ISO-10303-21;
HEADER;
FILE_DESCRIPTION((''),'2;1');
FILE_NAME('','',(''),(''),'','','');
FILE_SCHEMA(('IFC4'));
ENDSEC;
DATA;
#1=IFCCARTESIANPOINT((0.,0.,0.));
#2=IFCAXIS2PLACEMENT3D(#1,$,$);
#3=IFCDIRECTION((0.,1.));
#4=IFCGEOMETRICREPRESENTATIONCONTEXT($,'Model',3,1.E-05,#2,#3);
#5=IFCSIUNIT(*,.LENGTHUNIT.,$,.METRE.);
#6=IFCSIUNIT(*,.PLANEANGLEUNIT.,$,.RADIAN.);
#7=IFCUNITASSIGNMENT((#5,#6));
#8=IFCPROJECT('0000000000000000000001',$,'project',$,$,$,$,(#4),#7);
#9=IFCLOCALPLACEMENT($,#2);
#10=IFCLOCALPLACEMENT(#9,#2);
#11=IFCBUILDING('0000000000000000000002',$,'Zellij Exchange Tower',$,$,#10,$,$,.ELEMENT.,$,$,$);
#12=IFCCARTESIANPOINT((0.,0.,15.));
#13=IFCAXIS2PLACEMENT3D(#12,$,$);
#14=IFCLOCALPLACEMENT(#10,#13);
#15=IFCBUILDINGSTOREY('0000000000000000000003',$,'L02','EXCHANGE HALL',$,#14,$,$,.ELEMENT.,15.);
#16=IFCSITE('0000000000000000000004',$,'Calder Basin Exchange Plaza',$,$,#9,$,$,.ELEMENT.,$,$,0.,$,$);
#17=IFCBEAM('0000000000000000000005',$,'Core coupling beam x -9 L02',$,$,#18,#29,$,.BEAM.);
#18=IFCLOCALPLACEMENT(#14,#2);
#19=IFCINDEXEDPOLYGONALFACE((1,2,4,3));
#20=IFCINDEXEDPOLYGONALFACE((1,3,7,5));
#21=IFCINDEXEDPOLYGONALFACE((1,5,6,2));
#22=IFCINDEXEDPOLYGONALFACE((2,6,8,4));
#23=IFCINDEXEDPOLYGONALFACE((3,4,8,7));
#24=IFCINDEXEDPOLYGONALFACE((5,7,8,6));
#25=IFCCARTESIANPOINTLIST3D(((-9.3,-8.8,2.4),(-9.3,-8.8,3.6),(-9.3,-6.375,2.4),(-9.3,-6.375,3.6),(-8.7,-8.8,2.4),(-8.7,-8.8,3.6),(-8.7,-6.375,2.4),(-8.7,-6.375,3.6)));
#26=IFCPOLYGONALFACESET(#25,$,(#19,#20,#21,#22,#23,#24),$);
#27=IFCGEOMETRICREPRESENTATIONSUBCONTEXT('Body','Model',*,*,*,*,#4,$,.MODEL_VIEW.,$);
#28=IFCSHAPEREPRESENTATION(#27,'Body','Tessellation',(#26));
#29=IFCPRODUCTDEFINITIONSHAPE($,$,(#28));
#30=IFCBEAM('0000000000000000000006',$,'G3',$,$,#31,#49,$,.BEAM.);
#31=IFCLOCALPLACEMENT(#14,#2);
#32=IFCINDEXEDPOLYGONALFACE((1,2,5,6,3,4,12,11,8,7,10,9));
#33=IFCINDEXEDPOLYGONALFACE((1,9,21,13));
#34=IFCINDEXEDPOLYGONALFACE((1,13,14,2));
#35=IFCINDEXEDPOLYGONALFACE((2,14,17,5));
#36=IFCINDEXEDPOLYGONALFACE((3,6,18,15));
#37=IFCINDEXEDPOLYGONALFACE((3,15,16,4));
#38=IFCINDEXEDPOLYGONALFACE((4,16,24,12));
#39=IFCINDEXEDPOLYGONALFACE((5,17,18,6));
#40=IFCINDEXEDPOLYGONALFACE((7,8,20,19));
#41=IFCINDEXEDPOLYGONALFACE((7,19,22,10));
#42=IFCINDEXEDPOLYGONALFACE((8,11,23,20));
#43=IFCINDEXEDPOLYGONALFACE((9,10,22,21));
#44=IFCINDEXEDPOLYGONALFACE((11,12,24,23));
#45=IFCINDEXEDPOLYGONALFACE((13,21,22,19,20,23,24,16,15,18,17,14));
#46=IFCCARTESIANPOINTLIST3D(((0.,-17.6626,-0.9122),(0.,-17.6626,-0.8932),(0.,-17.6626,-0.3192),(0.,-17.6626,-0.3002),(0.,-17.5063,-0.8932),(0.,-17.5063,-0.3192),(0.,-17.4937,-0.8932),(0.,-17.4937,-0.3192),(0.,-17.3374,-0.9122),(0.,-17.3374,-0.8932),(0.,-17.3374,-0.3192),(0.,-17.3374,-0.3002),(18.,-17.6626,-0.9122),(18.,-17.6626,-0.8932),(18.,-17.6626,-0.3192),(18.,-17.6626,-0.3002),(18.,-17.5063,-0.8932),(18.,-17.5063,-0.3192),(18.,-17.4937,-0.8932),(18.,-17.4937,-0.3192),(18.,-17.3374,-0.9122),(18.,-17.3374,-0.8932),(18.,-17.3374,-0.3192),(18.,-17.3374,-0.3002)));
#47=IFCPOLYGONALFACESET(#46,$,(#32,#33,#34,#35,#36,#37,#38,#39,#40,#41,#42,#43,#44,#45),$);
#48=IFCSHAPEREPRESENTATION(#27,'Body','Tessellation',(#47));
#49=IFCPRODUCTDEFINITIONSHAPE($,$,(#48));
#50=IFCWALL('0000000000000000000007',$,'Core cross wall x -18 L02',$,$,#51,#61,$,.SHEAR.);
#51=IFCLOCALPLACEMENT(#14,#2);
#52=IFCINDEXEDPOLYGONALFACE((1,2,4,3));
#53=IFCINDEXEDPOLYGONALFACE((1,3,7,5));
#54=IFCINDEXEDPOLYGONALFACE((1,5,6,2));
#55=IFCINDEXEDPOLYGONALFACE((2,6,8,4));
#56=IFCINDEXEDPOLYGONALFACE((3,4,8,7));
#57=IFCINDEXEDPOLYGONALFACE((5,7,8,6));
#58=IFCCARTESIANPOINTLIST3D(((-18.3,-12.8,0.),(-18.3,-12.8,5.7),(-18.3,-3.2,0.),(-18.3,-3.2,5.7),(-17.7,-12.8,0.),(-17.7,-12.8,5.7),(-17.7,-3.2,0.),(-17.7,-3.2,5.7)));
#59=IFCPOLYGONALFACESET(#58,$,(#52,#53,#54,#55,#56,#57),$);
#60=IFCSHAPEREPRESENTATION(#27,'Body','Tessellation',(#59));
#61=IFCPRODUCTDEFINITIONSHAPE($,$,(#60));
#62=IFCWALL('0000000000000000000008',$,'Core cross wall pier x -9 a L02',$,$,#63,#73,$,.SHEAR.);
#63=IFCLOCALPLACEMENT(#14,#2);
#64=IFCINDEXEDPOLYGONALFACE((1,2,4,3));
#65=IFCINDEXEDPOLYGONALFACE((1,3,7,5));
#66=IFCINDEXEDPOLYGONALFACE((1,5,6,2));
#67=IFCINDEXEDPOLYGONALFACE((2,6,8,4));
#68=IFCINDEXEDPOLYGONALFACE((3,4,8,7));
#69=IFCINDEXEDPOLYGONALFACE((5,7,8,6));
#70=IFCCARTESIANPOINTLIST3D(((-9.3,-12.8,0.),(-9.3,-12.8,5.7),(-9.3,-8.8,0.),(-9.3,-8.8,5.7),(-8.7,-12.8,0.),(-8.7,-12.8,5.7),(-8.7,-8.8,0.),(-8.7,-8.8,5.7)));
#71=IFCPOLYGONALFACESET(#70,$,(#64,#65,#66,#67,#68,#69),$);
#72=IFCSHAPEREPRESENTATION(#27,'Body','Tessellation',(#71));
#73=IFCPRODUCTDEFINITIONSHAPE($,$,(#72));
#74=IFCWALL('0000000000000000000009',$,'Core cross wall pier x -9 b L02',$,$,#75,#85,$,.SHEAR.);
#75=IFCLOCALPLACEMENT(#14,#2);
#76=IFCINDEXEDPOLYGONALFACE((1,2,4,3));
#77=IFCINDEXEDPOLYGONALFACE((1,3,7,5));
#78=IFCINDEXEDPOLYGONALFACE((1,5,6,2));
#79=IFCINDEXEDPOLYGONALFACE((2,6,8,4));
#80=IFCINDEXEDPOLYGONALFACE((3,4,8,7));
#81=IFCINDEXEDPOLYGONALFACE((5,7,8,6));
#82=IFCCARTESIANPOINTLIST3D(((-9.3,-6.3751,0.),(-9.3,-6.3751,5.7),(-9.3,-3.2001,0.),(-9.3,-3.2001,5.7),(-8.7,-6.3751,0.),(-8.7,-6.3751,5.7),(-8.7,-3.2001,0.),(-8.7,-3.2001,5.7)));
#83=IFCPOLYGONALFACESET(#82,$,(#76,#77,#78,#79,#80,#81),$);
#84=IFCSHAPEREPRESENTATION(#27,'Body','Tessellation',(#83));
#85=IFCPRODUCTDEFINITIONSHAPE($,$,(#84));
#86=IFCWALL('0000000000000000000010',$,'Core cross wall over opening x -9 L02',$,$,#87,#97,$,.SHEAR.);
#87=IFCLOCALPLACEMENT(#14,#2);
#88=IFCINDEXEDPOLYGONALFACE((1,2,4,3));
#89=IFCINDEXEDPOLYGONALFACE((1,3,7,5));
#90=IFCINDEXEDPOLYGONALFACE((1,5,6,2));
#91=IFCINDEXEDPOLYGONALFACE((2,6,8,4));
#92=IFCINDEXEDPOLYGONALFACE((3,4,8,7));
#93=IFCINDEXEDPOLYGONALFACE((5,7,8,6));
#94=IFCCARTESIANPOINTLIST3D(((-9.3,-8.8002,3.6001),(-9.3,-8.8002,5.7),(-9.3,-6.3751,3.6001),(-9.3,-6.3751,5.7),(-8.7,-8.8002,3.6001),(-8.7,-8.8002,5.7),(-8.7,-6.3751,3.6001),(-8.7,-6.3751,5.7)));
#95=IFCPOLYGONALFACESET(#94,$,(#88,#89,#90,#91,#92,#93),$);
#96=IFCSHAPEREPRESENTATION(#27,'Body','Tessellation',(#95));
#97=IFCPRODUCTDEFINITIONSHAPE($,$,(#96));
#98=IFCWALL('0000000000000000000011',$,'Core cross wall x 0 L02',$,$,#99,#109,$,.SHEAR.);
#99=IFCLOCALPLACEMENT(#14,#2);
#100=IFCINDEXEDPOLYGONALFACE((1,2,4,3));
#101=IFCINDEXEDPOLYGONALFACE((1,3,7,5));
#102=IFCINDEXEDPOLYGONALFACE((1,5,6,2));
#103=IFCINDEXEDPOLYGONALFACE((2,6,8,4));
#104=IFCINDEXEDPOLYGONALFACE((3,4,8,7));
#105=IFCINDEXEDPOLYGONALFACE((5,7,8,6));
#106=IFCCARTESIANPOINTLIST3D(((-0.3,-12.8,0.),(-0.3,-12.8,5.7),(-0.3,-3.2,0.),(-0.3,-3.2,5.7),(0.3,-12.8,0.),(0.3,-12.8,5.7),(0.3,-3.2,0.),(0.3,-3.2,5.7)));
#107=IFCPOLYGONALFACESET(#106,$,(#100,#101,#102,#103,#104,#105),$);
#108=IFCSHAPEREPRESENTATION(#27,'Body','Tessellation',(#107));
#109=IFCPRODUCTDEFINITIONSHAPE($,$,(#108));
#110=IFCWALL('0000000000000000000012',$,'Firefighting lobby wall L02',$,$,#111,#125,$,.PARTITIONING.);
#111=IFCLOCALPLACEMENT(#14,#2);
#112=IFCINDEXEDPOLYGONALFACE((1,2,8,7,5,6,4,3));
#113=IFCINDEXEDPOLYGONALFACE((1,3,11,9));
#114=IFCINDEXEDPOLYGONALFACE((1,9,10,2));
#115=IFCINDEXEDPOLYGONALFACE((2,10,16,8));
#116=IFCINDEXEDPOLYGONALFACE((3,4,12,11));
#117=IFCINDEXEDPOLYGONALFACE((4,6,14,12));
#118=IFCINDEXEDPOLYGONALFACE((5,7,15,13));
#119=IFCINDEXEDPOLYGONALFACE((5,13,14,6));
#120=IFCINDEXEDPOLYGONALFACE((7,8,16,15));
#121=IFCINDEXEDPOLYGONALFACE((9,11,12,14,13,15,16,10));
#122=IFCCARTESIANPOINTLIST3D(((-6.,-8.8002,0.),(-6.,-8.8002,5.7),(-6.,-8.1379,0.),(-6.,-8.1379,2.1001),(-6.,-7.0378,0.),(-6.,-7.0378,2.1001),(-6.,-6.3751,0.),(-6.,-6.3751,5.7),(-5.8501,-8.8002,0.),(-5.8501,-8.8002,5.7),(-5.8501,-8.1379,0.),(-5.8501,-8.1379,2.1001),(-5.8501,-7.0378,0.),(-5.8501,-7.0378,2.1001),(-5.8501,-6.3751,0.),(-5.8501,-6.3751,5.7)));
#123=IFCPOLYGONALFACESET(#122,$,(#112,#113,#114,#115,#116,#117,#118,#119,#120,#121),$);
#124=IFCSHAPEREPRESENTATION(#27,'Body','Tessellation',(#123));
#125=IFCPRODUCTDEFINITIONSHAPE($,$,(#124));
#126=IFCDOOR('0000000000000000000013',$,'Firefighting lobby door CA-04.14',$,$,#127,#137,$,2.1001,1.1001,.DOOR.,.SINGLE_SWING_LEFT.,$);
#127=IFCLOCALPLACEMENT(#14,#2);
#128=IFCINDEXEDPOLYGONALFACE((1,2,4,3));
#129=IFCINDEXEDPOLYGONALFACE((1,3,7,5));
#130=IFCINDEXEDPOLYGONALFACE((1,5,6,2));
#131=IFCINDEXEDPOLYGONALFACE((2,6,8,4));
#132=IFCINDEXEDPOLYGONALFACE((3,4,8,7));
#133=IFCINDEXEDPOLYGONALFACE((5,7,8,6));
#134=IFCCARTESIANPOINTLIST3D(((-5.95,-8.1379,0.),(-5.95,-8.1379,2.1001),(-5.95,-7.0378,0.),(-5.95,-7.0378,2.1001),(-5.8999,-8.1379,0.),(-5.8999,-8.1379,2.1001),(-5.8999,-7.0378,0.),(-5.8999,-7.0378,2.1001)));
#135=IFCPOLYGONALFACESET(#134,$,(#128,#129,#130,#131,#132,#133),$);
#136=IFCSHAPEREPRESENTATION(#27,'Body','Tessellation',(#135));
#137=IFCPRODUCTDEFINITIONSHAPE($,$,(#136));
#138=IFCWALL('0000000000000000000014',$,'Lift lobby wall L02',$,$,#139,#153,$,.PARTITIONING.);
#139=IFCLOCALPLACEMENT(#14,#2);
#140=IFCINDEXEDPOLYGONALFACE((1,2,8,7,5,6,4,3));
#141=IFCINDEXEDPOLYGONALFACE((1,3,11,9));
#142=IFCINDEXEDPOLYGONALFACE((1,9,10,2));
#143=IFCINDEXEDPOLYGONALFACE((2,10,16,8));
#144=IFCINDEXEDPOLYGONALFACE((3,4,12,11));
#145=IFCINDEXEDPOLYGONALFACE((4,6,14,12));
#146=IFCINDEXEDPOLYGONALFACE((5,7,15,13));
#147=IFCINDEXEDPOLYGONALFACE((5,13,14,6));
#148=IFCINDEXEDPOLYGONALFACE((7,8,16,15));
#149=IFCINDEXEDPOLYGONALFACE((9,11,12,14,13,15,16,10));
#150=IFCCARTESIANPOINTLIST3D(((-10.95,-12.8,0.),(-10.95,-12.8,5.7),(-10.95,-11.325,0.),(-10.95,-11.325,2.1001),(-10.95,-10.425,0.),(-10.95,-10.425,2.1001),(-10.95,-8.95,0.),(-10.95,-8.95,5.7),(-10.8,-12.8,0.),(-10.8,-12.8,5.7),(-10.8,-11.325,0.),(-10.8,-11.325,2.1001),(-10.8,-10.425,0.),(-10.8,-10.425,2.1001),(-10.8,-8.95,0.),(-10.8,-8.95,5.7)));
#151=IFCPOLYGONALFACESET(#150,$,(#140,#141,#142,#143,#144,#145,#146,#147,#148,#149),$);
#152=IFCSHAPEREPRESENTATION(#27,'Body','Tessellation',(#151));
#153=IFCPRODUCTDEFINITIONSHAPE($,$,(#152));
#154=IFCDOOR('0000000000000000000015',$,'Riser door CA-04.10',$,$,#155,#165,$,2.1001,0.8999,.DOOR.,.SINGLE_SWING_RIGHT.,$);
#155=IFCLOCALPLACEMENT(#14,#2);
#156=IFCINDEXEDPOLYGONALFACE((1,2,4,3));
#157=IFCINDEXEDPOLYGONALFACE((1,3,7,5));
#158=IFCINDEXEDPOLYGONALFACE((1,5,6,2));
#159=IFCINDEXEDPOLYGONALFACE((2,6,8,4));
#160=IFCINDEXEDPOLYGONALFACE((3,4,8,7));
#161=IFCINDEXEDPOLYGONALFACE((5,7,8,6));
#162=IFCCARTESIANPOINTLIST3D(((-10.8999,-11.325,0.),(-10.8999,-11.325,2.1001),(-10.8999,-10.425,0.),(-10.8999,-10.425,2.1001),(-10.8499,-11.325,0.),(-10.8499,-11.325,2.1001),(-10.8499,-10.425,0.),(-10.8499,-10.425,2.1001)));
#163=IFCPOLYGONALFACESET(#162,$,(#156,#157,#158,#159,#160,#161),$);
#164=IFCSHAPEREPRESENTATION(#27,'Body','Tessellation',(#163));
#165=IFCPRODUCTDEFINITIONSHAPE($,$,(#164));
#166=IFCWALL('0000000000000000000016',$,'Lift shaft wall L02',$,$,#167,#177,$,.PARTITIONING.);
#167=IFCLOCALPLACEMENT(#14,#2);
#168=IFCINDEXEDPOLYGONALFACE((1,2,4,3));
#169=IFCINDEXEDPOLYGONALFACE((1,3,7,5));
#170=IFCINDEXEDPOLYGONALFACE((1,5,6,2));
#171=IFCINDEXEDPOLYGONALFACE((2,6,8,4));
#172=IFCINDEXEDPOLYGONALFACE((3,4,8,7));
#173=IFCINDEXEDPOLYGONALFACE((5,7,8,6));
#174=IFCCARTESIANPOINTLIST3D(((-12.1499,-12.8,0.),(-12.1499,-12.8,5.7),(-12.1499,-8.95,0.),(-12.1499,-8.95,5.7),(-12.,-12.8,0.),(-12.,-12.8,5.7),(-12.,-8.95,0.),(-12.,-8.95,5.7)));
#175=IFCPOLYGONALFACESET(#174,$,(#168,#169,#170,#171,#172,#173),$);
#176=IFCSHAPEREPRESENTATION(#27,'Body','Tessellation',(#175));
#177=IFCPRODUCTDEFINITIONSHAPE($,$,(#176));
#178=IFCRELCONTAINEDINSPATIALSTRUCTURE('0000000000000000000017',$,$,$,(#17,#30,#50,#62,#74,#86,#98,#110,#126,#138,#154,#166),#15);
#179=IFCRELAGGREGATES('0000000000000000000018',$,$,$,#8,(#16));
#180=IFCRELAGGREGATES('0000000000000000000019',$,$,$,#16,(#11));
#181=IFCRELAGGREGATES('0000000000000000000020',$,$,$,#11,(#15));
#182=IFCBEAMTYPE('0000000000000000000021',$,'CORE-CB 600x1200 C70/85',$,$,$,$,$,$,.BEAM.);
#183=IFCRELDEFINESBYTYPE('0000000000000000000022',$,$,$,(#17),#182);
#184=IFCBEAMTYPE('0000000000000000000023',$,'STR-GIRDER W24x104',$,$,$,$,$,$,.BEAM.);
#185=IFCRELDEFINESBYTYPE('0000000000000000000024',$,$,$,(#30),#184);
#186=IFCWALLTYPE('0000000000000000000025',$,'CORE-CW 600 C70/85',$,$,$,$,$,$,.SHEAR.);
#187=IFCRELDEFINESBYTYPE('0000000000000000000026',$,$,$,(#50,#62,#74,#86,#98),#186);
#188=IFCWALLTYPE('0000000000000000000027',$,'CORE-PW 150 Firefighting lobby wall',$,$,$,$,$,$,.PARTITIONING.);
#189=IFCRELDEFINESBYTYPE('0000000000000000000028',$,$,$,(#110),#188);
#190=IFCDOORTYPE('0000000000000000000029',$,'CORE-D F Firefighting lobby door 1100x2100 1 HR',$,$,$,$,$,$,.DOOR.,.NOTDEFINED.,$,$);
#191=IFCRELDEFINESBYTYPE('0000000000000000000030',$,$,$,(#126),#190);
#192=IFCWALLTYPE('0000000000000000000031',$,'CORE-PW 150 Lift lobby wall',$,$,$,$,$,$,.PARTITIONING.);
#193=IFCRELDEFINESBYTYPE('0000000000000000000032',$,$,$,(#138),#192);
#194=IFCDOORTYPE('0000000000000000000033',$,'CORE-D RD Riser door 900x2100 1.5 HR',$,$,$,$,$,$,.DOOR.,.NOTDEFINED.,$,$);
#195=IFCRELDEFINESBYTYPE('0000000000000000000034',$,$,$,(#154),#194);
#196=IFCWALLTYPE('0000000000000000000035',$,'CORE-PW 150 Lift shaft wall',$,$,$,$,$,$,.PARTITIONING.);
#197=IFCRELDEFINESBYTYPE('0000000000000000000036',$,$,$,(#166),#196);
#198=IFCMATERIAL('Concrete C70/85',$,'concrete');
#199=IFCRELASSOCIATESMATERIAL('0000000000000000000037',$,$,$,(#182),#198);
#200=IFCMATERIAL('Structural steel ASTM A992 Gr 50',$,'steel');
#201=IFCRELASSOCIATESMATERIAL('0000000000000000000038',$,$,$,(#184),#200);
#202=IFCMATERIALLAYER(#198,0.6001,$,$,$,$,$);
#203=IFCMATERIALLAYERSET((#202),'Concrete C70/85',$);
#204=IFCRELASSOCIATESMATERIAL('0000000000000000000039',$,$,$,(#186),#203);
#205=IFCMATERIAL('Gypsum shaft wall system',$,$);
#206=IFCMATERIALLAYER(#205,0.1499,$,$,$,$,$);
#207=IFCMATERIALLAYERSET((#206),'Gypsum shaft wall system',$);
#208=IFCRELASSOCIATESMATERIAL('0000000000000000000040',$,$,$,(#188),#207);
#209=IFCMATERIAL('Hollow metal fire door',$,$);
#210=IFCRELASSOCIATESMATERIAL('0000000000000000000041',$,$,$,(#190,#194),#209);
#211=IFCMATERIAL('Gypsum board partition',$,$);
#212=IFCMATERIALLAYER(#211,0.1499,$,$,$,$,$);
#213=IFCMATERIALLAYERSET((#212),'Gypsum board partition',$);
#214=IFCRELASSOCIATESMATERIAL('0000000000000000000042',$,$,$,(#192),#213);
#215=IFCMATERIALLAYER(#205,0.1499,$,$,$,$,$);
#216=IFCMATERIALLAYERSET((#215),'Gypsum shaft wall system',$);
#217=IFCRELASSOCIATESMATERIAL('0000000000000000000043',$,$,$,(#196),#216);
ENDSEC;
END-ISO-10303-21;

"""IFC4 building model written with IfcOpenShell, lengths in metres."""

from ifc_helpers import new_model, si_unit, direction, frame, frame_2d, origin, origin_2d, place, context, subcontext, project, spatial, rectangle, i_section, extrude, material, layer, layer_set, material_profile, profile_set, type_object, element, fill, save


model = new_model("IFC4")

# Units and contexts
model_context = context("Model", 3, precision=1e-05, world=origin(), true_north=direction((0.0, 1.0)))
body_context = subcontext(model_context, "Body", "Model", "MODEL_VIEW")
ifc_project = project(units=[si_unit("LENGTHUNIT", "METRE"), si_unit("PLANEANGLEUNIT", "RADIAN")], contexts=[model_context])

# Site, building, storey
site_placement = place(None, origin())
site = spatial("IfcSite", under=ifc_project, at=site_placement, Name="Calder Basin Exchange Plaza", CompositionType="ELEMENT", RefElevation=0.0)
building_placement = place(site_placement, origin())
building = spatial("IfcBuilding", under=site, at=building_placement, Name="Zellij Exchange Tower", CompositionType="ELEMENT")
storey_placement = place(building_placement, frame((0.0, 0.0, 15.0)))
storey = spatial("IfcBuildingStorey", under=building, at=storey_placement, Name="L02", Description="EXCHANGE HALL", CompositionType="ELEMENT", Elevation=15.0)

# Beams
ifc_material_1 = material(Name="Concrete C70/85", Category="concrete")
ifc_material_profile_1 = material_profile(ifc_material_1, rectangle(XDim=0.6001, YDim=1.2, at=origin_2d()), Name="CORE-CB 600x1200 C70/85")
ifc_profile_set_1 = profile_set([ifc_material_profile_1], Name="Concrete C70/85")
beam_type_1 = type_object("IfcBeamType", Name="CORE-CB 600x1200 C70/85", PredefinedType="BEAM", material=ifc_profile_set_1)
beam_1_placement = place(storey_placement, frame((-9.0, -8.8, 3.0), z_axis=(0.0, 1.0, 0.0), x_axis=(-1.0, 0.0, 0.0)))
element("IfcBeam", 1, at=beam_1_placement, inside=storey, type_object=beam_type_1, Name="Core coupling beam x -9 L02", PredefinedType="BEAM", context=body_context, shape_type="SweptSolid", body=[
    extrude(rectangle(XDim=0.6001, YDim=1.2, at=origin_2d()), origin(), (0.0, 0.0, 1.0), 2.425),
])
ifc_material_2 = material(Name="Structural steel ASTM A992 Gr 50", Category="steel")
ifc_material_profile_2 = material_profile(ifc_material_2, i_section(OverallWidth=0.3252, OverallDepth=0.6121, WebThickness=0.0127, FlangeThickness=0.019, at=origin_2d()), Name="W24x104")
ifc_profile_set_2 = profile_set([ifc_material_profile_2], Name="Structural steel ASTM A992 Gr 50")
beam_type_2 = type_object("IfcBeamType", Name="STR-GIRDER W24x104", PredefinedType="BEAM", material=ifc_profile_set_2)
beam_2_placement = place(storey_placement, frame((0.0, -17.5, -0.6062), z_axis=(1.0, 0.0, 0.0), x_axis=(0.0, 1.0, 0.0)))
element("IfcBeam", 2, at=beam_2_placement, inside=storey, type_object=beam_type_2, Name="G3", PredefinedType="BEAM", context=body_context, shape_type="SweptSolid", body=[
    extrude(i_section(OverallWidth=0.3252, OverallDepth=0.6121, WebThickness=0.0127, FlangeThickness=0.019, at=origin_2d()), origin(), (0.0, 0.0, 1.0), 18.0),
])

# Walls
ifc_layer_1 = layer(ifc_material_1, 0.6001)
ifc_layer_set_1 = layer_set([ifc_layer_1], Name="Concrete C70/85")
wall_type_1 = type_object("IfcWallType", Name="CORE-CW 600 C70/85", PredefinedType="SHEAR", material=ifc_layer_set_1)
wall_1_placement = place(storey_placement, frame((-18.0, -12.8, 0.0), z_axis=(0.0, 0.0, 1.0), x_axis=(0.0, 1.0, 0.0)))
element("IfcWall", 3, at=wall_1_placement, inside=storey, type_object=wall_type_1, Name="Core cross wall x -18 L02", PredefinedType="SHEAR", context=body_context, shape_type="SweptSolid", body=[
    extrude(rectangle(XDim=9.6001, YDim=0.6001, at=frame_2d((4.8, 0.0))), origin(), (0.0, 0.0, 1.0), 5.7),
])
wall_2_placement = place(storey_placement, frame((-9.0, -12.8, 0.0), z_axis=(0.0, 0.0, 1.0), x_axis=(0.0, 1.0, 0.0)))
element("IfcWall", 4, at=wall_2_placement, inside=storey, type_object=wall_type_1, Name="Core cross wall pier x -9 a L02", PredefinedType="SHEAR", context=body_context, shape_type="SweptSolid", body=[
    extrude(rectangle(XDim=4.0, YDim=0.6001, at=frame_2d((2.0, 0.0))), origin(), (0.0, 0.0, 1.0), 5.7),
])
wall_3_placement = place(storey_placement, frame((-9.0, -6.375, 0.0), z_axis=(0.0, 0.0, 1.0), x_axis=(0.0, 1.0, 0.0)))
element("IfcWall", 5, at=wall_3_placement, inside=storey, type_object=wall_type_1, Name="Core cross wall pier x -9 b L02", PredefinedType="SHEAR", context=body_context, shape_type="SweptSolid", body=[
    extrude(rectangle(XDim=3.175, YDim=0.6001, at=frame_2d((1.5874, 0.0))), origin(), (0.0, 0.0, 1.0), 5.7),
])
wall_4_placement = place(storey_placement, frame((-9.0, -8.8, 3.6001), z_axis=(0.0, 0.0, 1.0), x_axis=(0.0, 1.0, 0.0)))
element("IfcWall", 6, at=wall_4_placement, inside=storey, type_object=wall_type_1, Name="Core cross wall over opening x -9 L02", PredefinedType="SHEAR", context=body_context, shape_type="SweptSolid", body=[
    extrude(rectangle(XDim=2.425, YDim=0.6001, at=frame_2d((1.2124, 0.0))), origin(), (0.0, 0.0, 1.0), 2.0999),
])
wall_5_placement = place(storey_placement, frame((0.0, -12.8, 0.0), z_axis=(0.0, 0.0, 1.0), x_axis=(0.0, 1.0, 0.0)))
element("IfcWall", 7, at=wall_5_placement, inside=storey, type_object=wall_type_1, Name="Core cross wall x 0 L02", PredefinedType="SHEAR", context=body_context, shape_type="SweptSolid", body=[
    extrude(rectangle(XDim=9.6001, YDim=0.6001, at=frame_2d((4.8, 0.0))), origin(), (0.0, 0.0, 1.0), 5.7),
])

# Walls, openings, doors
ifc_material_3 = material(Name="Gypsum shaft wall system")
ifc_layer_2 = layer(ifc_material_3, 0.1499)
ifc_layer_set_2 = layer_set([ifc_layer_2], Name="Gypsum shaft wall system")
wall_type_2 = type_object("IfcWallType", Name="CORE-PW 150 Firefighting lobby wall", PredefinedType="PARTITIONING", material=ifc_layer_set_2)
wall_6_placement = place(storey_placement, frame((-5.925, -8.8, 0.0), z_axis=(0.0, 0.0, 1.0), x_axis=(0.0, 1.0, 0.0)))
wall_6 = element("IfcWall", 8, at=wall_6_placement, inside=storey, type_object=wall_type_2, Name="Firefighting lobby wall L02", PredefinedType="PARTITIONING", context=body_context, shape_type="SweptSolid", body=[
    extrude(rectangle(XDim=2.425, YDim=0.1499, at=frame_2d((1.2124, 0.0))), origin(), (0.0, 0.0, 1.0), 5.7),
])
opening_1_placement = place(wall_6_placement, frame((0.6621, 0.0, 0.0)))
opening_1 = element("IfcOpeningElement", 9, at=opening_1_placement, cuts=wall_6, PredefinedType="OPENING", context=body_context, shape_type="SweptSolid", body=[
    extrude(rectangle(XDim=1.1001, YDim=2.1001, at=frame_2d((0.55, 1.05))), frame((0.0, 0.0869, 0.0), z_axis=(0.0, -1.0, 0.0), x_axis=(1.0, 0.0, 0.0)), (0.0, 0.0, 1.0), 0.1738),
])
ifc_material_4 = material(Name="Hollow metal fire door")
door_type_1 = type_object("IfcDoorType", Name="CORE-D F Firefighting lobby door 1100x2100 1 HR", OperationType="NOTDEFINED", PredefinedType="DOOR", material=ifc_material_4)
door_1_placement = place(opening_1_placement, origin())
door_1 = element("IfcDoor", 10, at=door_1_placement, inside=storey, type_object=door_type_1, Name="Firefighting lobby door CA-04.14", OperationType="SINGLE_SWING_LEFT", OverallHeight=2.1001, OverallWidth=1.1001, PredefinedType="DOOR", context=body_context, shape_type="SweptSolid", body=[
    extrude(rectangle(XDim=1.1001, YDim=2.1001, at=frame_2d((0.55, 1.05))), frame((0.0, 0.0249, 0.0), z_axis=(0.0, -1.0, 0.0), x_axis=(1.0, 0.0, 0.0)), (0.0, 0.0, 1.0), 0.05),
])
fill(opening_1, door_1)
ifc_material_5 = material(Name="Gypsum board partition")
ifc_layer_3 = layer(ifc_material_5, 0.1499)
ifc_layer_set_3 = layer_set([ifc_layer_3], Name="Gypsum board partition")
wall_type_3 = type_object("IfcWallType", Name="CORE-PW 150 Lift lobby wall", PredefinedType="PARTITIONING", material=ifc_layer_set_3)
wall_7_placement = place(storey_placement, frame((-10.875, -12.8, 0.0), z_axis=(0.0, 0.0, 1.0), x_axis=(0.0, 1.0, 0.0)))
wall_7 = element("IfcWall", 11, at=wall_7_placement, inside=storey, type_object=wall_type_3, Name="Lift lobby wall L02", PredefinedType="PARTITIONING", context=body_context, shape_type="SweptSolid", body=[
    extrude(rectangle(XDim=3.8501, YDim=0.1499, at=frame_2d((1.925, 0.0))), origin(), (0.0, 0.0, 1.0), 5.7),
])
opening_2_placement = place(wall_7_placement, frame((1.4751, 0.0, 0.0)))
opening_2 = element("IfcOpeningElement", 12, at=opening_2_placement, cuts=wall_7, PredefinedType="OPENING", context=body_context, shape_type="SweptSolid", body=[
    extrude(rectangle(XDim=0.8999, YDim=2.1001, at=frame_2d((0.45, 1.05))), frame((0.0, 0.0869, 0.0), z_axis=(0.0, -1.0, 0.0), x_axis=(1.0, 0.0, 0.0)), (0.0, 0.0, 1.0), 0.1738),
])
door_type_2 = type_object("IfcDoorType", Name="CORE-D RD Riser door 900x2100 1.5 HR", OperationType="NOTDEFINED", PredefinedType="DOOR", material=ifc_material_4)
door_2_placement = place(opening_2_placement, origin())
door_2 = element("IfcDoor", 13, at=door_2_placement, inside=storey, type_object=door_type_2, Name="Riser door CA-04.10", OperationType="SINGLE_SWING_RIGHT", OverallHeight=2.1001, OverallWidth=0.8999, PredefinedType="DOOR", context=body_context, shape_type="SweptSolid", body=[
    extrude(rectangle(XDim=0.8999, YDim=2.1001, at=frame_2d((0.45, 1.05))), frame((0.0, 0.0249, 0.0), z_axis=(0.0, -1.0, 0.0), x_axis=(1.0, 0.0, 0.0)), (0.0, 0.0, 1.0), 0.05),
])
fill(opening_2, door_2)

# Wall
ifc_layer_4 = layer(ifc_material_3, 0.1499)
ifc_layer_set_4 = layer_set([ifc_layer_4], Name="Gypsum shaft wall system")
wall_type_4 = type_object("IfcWallType", Name="CORE-PW 150 Lift shaft wall", PredefinedType="PARTITIONING", material=ifc_layer_set_4)
for number, where, z_axis, x_axis, name in (
    (14, (-12.075, -12.8, 0.0), (0.0, 0.0, 1.0), (0.0, 1.0, 0.0), "Lift shaft wall L02"),
):
    element("IfcWall", number, at=place(storey_placement, frame(where, z_axis=z_axis, x_axis=x_axis)), inside=storey, type_object=wall_type_4, Name=name, PredefinedType="PARTITIONING", context=body_context, shape_type="SweptSolid", body=[
        extrude(rectangle(XDim=3.8501, YDim=0.1499, at=frame_2d((1.925, 0.0))), origin(), (0.0, 0.0, 1.0), 5.7),
    ])

save(model, "model.ifc")
